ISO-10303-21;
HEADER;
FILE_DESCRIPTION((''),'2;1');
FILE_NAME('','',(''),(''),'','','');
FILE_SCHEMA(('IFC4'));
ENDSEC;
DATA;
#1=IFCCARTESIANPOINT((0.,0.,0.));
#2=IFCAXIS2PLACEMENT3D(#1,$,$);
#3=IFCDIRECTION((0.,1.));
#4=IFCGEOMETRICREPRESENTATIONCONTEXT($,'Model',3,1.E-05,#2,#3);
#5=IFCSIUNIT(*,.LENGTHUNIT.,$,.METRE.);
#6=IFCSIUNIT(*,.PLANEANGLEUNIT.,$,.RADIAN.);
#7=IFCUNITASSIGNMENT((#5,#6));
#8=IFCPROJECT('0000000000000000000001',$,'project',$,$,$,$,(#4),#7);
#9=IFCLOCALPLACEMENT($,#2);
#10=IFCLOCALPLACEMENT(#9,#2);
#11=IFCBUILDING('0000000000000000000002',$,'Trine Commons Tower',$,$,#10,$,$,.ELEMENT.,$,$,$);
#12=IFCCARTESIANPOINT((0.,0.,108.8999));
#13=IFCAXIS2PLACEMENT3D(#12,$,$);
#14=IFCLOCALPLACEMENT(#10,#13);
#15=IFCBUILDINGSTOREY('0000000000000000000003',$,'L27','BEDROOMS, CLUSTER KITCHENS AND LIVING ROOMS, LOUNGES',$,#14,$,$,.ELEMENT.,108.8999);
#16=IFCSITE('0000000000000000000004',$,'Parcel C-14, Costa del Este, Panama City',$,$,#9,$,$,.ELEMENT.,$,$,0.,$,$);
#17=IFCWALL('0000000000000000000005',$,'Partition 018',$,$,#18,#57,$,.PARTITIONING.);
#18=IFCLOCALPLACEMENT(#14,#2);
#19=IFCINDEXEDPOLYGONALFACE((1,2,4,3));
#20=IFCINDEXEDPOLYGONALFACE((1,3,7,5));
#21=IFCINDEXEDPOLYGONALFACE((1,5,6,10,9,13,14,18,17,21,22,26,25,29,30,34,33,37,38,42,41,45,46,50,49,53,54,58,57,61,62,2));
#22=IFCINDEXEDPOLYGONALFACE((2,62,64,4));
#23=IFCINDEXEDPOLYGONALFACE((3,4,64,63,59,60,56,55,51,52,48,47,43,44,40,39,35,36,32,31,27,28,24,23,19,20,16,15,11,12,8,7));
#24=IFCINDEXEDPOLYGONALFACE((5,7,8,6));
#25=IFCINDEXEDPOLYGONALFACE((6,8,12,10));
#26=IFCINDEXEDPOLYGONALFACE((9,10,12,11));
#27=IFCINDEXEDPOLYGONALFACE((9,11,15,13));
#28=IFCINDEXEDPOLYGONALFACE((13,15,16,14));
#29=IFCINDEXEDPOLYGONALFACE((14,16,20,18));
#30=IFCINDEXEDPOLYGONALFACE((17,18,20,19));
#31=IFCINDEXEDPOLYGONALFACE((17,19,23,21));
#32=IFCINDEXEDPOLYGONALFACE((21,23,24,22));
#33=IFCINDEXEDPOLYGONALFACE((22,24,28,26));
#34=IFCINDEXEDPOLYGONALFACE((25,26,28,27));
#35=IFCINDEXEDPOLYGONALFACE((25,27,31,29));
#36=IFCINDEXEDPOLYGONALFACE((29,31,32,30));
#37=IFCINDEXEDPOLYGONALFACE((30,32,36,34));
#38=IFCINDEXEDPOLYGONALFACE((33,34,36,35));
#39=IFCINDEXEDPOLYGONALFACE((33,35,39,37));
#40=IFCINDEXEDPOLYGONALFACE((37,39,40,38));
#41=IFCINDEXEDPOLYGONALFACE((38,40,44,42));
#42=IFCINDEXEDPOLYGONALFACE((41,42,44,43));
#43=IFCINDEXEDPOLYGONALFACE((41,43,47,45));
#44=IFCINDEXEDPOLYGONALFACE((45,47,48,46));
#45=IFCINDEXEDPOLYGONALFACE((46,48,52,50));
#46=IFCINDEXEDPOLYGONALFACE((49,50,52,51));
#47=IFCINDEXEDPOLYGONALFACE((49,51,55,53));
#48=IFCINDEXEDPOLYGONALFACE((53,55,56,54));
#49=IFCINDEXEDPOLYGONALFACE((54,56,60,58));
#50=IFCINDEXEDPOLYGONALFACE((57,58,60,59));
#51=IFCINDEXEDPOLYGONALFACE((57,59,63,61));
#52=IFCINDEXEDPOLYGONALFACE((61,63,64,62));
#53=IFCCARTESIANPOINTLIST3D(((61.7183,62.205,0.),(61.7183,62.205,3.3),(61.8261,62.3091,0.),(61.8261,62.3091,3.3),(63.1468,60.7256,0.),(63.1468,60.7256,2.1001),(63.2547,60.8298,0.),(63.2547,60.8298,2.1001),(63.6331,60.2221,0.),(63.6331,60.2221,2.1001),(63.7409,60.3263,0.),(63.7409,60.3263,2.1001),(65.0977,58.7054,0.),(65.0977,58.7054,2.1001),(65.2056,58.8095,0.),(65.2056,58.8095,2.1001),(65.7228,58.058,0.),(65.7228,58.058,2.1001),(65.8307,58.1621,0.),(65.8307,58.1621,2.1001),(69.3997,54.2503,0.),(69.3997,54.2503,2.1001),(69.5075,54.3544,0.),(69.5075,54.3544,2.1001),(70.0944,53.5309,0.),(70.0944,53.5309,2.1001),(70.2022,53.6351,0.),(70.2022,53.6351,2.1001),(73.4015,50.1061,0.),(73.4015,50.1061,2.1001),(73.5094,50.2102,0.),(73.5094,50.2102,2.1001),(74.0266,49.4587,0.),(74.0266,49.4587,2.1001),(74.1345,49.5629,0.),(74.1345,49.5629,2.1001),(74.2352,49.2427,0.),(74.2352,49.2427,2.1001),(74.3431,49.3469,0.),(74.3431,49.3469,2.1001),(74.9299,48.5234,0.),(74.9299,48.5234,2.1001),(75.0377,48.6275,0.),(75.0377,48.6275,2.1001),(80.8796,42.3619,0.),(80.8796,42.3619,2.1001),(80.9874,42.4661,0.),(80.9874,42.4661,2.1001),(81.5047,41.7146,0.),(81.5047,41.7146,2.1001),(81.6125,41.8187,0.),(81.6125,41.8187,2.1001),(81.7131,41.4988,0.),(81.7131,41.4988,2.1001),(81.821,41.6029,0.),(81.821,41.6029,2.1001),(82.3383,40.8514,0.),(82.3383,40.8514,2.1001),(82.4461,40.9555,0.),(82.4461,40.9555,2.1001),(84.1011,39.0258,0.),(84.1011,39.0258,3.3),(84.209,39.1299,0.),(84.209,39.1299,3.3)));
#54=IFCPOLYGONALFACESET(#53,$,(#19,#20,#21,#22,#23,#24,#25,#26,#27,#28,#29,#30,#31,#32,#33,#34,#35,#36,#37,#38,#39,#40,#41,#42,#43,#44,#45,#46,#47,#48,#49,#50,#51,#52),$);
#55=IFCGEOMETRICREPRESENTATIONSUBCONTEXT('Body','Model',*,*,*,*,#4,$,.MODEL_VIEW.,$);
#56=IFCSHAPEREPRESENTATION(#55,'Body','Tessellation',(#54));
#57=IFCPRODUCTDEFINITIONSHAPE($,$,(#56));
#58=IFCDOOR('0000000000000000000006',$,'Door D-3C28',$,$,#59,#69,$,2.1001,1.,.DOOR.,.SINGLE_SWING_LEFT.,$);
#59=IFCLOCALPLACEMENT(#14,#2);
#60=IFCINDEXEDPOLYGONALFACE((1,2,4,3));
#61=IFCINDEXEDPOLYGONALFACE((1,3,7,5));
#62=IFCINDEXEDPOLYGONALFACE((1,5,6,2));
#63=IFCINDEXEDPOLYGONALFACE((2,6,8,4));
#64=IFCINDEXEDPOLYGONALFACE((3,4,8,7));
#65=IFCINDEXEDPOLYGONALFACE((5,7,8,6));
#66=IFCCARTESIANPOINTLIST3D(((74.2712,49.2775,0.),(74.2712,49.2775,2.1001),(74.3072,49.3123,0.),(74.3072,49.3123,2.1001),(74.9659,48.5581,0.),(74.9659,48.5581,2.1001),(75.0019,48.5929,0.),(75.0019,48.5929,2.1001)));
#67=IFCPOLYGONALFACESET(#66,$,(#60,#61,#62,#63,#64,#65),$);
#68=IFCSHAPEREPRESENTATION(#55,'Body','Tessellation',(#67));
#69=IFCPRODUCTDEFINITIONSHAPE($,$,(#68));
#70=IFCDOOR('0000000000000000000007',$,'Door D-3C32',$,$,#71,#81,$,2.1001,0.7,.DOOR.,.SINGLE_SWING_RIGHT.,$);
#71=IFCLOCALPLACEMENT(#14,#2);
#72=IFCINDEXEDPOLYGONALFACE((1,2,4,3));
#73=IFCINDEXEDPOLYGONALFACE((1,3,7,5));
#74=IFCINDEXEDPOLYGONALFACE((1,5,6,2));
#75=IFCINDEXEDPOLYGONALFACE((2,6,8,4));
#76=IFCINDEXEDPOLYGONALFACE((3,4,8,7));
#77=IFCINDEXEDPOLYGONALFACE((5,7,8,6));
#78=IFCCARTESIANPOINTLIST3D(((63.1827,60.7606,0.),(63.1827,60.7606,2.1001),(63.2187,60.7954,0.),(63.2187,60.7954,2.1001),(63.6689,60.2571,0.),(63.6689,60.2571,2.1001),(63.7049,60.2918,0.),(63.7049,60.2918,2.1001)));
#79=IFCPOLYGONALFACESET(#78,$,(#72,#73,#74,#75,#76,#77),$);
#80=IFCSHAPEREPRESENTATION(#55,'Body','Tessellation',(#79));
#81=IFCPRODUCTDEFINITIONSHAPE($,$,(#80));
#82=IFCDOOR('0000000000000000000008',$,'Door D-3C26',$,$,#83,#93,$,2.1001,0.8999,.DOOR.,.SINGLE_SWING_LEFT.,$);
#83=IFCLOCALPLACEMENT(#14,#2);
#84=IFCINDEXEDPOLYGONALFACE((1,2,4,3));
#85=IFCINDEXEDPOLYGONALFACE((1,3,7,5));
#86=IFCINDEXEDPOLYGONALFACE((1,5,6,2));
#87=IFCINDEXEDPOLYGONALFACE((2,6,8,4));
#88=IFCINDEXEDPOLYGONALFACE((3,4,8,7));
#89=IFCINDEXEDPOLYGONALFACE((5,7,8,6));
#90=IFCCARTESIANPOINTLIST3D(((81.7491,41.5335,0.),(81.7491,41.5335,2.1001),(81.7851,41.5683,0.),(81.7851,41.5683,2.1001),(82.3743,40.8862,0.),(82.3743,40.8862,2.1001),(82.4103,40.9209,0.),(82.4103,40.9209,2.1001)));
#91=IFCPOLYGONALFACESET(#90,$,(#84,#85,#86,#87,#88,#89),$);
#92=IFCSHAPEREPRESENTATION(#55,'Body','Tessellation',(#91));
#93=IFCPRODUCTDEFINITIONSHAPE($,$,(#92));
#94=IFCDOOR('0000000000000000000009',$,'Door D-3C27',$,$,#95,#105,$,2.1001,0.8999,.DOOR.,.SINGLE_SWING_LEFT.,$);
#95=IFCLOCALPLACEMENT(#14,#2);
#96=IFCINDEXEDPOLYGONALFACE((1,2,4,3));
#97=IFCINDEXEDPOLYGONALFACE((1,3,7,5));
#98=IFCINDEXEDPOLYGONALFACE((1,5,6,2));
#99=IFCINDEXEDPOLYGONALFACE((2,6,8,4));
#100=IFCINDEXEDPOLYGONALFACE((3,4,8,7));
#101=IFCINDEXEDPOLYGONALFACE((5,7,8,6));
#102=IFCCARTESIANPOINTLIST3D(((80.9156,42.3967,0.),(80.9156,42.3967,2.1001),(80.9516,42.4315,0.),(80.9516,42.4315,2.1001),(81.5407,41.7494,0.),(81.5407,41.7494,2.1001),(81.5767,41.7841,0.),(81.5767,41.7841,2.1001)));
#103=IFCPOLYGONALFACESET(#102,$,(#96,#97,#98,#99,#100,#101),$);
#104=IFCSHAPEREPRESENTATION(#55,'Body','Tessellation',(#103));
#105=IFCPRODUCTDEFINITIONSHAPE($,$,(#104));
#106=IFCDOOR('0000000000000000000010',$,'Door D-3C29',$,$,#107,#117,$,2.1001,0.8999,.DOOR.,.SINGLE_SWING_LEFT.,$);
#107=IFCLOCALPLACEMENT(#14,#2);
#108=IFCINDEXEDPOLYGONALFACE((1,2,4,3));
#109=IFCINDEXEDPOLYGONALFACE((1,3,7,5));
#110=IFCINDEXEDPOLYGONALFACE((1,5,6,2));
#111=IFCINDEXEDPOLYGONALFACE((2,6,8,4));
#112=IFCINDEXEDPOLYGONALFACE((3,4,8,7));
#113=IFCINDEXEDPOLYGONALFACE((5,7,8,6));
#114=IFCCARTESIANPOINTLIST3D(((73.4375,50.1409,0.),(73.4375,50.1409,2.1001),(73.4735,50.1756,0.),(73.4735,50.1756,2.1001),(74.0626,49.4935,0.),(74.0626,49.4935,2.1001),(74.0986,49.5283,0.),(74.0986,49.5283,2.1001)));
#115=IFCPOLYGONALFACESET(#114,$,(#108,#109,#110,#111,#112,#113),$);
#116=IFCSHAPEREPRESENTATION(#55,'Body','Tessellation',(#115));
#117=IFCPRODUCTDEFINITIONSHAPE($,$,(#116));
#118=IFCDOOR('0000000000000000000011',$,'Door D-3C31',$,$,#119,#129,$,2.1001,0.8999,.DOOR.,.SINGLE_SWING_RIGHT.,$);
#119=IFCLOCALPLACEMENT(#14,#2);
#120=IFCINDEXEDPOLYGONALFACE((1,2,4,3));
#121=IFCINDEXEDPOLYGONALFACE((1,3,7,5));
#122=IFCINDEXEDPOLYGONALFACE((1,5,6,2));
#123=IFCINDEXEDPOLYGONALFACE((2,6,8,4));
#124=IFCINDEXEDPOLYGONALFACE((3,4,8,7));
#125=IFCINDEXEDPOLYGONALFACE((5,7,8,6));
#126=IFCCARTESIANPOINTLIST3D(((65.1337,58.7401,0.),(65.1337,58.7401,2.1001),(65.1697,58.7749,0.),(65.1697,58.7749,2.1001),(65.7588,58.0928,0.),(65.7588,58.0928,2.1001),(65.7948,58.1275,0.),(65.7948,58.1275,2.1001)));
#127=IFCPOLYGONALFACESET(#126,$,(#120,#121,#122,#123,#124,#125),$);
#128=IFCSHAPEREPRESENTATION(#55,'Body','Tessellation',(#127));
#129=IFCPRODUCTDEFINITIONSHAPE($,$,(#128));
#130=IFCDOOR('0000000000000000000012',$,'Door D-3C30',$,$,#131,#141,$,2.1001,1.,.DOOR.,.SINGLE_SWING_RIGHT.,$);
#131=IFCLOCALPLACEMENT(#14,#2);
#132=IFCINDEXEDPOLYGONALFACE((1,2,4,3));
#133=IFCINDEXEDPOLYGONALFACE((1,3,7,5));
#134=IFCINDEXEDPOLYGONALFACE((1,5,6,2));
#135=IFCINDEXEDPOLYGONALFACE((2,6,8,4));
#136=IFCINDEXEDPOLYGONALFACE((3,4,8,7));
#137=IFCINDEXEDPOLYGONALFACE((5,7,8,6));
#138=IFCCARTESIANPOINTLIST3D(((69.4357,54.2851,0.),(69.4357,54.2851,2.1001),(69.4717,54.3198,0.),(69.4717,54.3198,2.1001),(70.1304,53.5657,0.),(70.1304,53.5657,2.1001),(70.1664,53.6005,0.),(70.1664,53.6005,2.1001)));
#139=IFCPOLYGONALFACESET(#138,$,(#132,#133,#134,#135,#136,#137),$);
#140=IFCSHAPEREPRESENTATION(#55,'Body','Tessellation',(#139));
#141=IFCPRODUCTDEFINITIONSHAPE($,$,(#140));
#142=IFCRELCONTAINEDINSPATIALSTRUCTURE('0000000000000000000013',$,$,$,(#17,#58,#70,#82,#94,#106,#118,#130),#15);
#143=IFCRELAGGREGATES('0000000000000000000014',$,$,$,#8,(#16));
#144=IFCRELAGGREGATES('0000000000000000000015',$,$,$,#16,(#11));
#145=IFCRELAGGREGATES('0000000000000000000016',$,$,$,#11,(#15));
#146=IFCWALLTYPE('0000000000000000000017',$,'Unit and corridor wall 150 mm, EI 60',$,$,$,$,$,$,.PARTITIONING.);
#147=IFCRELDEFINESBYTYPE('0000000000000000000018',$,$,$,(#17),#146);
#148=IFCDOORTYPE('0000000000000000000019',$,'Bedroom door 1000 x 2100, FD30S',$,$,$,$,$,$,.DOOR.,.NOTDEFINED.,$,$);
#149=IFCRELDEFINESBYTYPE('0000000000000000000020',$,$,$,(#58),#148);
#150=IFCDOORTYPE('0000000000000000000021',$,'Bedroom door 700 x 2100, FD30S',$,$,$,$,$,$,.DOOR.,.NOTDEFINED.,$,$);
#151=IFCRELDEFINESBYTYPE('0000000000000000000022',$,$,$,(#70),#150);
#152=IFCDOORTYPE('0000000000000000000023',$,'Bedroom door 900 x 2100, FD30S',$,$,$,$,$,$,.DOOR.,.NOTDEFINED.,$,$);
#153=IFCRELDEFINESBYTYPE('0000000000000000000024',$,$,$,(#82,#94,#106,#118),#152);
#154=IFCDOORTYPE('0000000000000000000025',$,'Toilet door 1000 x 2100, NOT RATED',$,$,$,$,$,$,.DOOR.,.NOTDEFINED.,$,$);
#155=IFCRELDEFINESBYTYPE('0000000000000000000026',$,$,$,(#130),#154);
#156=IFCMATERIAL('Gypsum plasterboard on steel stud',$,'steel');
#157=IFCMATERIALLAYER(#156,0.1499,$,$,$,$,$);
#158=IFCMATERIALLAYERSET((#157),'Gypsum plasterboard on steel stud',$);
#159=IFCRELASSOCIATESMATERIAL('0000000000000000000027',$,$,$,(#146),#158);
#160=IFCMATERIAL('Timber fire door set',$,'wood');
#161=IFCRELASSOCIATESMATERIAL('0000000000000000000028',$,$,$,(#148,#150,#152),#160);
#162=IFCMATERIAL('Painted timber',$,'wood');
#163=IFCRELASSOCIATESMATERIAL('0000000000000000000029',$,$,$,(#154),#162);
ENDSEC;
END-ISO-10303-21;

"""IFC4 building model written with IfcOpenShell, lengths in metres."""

from ifc_helpers import new_model, si_unit, direction, frame, frame_2d, origin, place, context, subcontext, project, spatial, rectangle, extrude, material, layer, layer_set, type_object, element, fill, save


model = new_model("IFC4")

# Units and contexts
model_context = context("Model", 3, precision=1e-05, world=origin(), true_north=direction((0.0, 1.0)))
body_context = subcontext(model_context, "Body", "Model", "MODEL_VIEW")
ifc_project = project(units=[si_unit("LENGTHUNIT", "METRE"), si_unit("PLANEANGLEUNIT", "RADIAN")], contexts=[model_context])

# Site, building, storey
site_placement = place(None, origin())
site = spatial("IfcSite", under=ifc_project, at=site_placement, Name="Parcel C-14, Costa del Este, Panama City", CompositionType="ELEMENT", RefElevation=0.0)
building_placement = place(site_placement, origin())
building = spatial("IfcBuilding", under=site, at=building_placement, Name="Trine Commons Tower", CompositionType="ELEMENT")
storey_placement = place(building_placement, frame((0.0, 0.0, 108.8999)))
storey = spatial("IfcBuildingStorey", under=building, at=storey_placement, Name="L27", Description="BEDROOMS, CLUSTER KITCHENS AND LIVING ROOMS, LOUNGES", CompositionType="ELEMENT", Elevation=108.8999)

# Shared definitions
ifc_material_1 = material(Name="Gypsum plasterboard on steel stud", Category="steel")
ifc_layer_1 = layer(ifc_material_1, 0.1499)
ifc_layer_set_1 = layer_set([ifc_layer_1], Name="Gypsum plasterboard on steel stud")
wall_type_1 = type_object("IfcWallType", Name="Unit and corridor wall 150 mm, EI 60", PredefinedType="PARTITIONING", material=ifc_layer_set_1)

# Wall, openings, doors
ifc_material_2 = material(Name="Timber fire door set", Category="wood")
ifc_material_3 = material(Name="Painted timber", Category="wood")
wall_1_placement = place(storey_placement, frame((61.7722, 62.2571, 0.0), z_axis=(0.0, 0.0, 1.0), x_axis=(0.694641, -0.719357, 0.0)))
wall_1 = element("IfcWall", 1, at=wall_1_placement, inside=storey, type_object=wall_type_1, Name="Partition 018", PredefinedType="PARTITIONING", context=body_context, shape_type="SweptSolid", body=[
    extrude(rectangle(XDim=32.2222, YDim=0.1499, at=frame_2d((16.1111, 0.0))), origin(), (0.0, 0.0, 1.0), 3.3),
])
opening_1_placement = place(wall_1_placement, frame((28.7844, 0.0, 0.0)))
opening_1 = element("IfcOpeningElement", 2, at=opening_1_placement, cuts=wall_1, PredefinedType="OPENING", context=body_context, shape_type="SweptSolid", body=[
    extrude(rectangle(XDim=0.8999, YDim=2.1001, at=frame_2d((0.45, 1.05))), frame((0.0, 0.085, 0.0), z_axis=(0.0, -1.0, 0.0), x_axis=(1.0, 0.0, 0.0)), (0.0, 0.0, 1.0), 0.1699),
])
opening_2_placement = place(wall_1_placement, frame((27.5845, 0.0, 0.0)))
opening_2 = element("IfcOpeningElement", 3, at=opening_2_placement, cuts=wall_1, PredefinedType="OPENING", context=body_context, shape_type="SweptSolid", body=[
    extrude(rectangle(XDim=0.8999, YDim=2.1001, at=frame_2d((0.45, 1.05))), frame((0.0, 0.085, 0.0), z_axis=(0.0, -1.0, 0.0), x_axis=(1.0, 0.0, 0.0)), (0.0, 0.0, 1.0), 0.1699),
])
opening_3_placement = place(wall_1_placement, frame((18.0193, 0.0, 0.0)))
opening_3 = element("IfcOpeningElement", 4, at=opening_3_placement, cuts=wall_1, PredefinedType="OPENING", context=body_context, shape_type="SweptSolid", body=[
    extrude(rectangle(XDim=1.0, YDim=2.1001, at=frame_2d((0.5, 1.05))), frame((0.0, 0.085, 0.0), z_axis=(0.0, -1.0, 0.0), x_axis=(1.0, 0.0, 0.0)), (0.0, 0.0, 1.0), 0.1699),
])
opening_4_placement = place(wall_1_placement, frame((16.8191, 0.0, 0.0)))
opening_4 = element("IfcOpeningElement", 5, at=opening_4_placement, cuts=wall_1, PredefinedType="OPENING", context=body_context, shape_type="SweptSolid", body=[
    extrude(rectangle(XDim=0.8999, YDim=2.1001, at=frame_2d((0.45, 1.05))), frame((0.0, 0.085, 0.0), z_axis=(0.0, -1.0, 0.0), x_axis=(1.0, 0.0, 0.0)), (0.0, 0.0, 1.0), 0.1699),
])
opening_5_placement = place(wall_1_placement, frame((11.0581, 0.0, 0.0)))
opening_5 = element("IfcOpeningElement", 6, at=opening_5_placement, cuts=wall_1, PredefinedType="OPENING", context=body_context, shape_type="SweptSolid", body=[
    extrude(rectangle(XDim=1.0, YDim=2.1001, at=frame_2d((0.5, 1.05))), frame((0.0, 0.085, 0.0), z_axis=(0.0, -1.0, 0.0), x_axis=(1.0, 0.0, 0.0)), (0.0, 0.0, 1.0), 0.1699),
])
opening_6_placement = place(wall_1_placement, frame((4.865, 0.0, 0.0)))
opening_6 = element("IfcOpeningElement", 7, at=opening_6_placement, cuts=wall_1, PredefinedType="OPENING", context=body_context, shape_type="SweptSolid", body=[
    extrude(rectangle(XDim=0.8999, YDim=2.1001, at=frame_2d((0.45, 1.05))), frame((0.0, 0.085, 0.0), z_axis=(0.0, -1.0, 0.0), x_axis=(1.0, 0.0, 0.0)), (0.0, 0.0, 1.0), 0.1699),
])
opening_7_placement = place(wall_1_placement, frame((2.0564, 0.0, 0.0)))
opening_7 = element("IfcOpeningElement", 8, at=opening_7_placement, cuts=wall_1, PredefinedType="OPENING", context=body_context, shape_type="SweptSolid", body=[
    extrude(rectangle(XDim=0.7, YDim=2.1001, at=frame_2d((0.3501, 1.05))), frame((0.0, 0.085, 0.0), z_axis=(0.0, -1.0, 0.0), x_axis=(1.0, 0.0, 0.0)), (0.0, 0.0, 1.0), 0.1699),
])
door_type_1 = type_object("IfcDoorType", Name="Bedroom door 1000 x 2100, FD30S", OperationType="NOTDEFINED", PredefinedType="DOOR", material=ifc_material_2)
door_1_placement = place(opening_3_placement, frame((1.0, 0.0, 0.0), z_axis=(0.0, 0.0, 1.0), x_axis=(-1.0, 0.0, 0.0)))
door_1 = element("IfcDoor", 9, at=door_1_placement, inside=storey, type_object=door_type_1, Name="Door D-3C28", OperationType="SINGLE_SWING_LEFT", OverallHeight=2.1001, OverallWidth=1.0, PredefinedType="DOOR", context=body_context, shape_type="SweptSolid", body=[
    extrude(rectangle(XDim=1.0, YDim=2.1001, at=frame_2d((0.5, 1.05))), frame((0.0, 0.0249, 0.0), z_axis=(0.0, -1.0, 0.0), x_axis=(1.0, 0.0, 0.0)), (0.0, 0.0, 1.0), 0.05),
])
fill(opening_3, door_1)
door_type_2 = type_object("IfcDoorType", Name="Bedroom door 700 x 2100, FD30S", OperationType="NOTDEFINED", PredefinedType="DOOR", material=ifc_material_2)
door_2_placement = place(opening_7_placement, frame((0.7, 0.0, 0.0), z_axis=(0.0, 0.0, 1.0), x_axis=(-1.0, 0.0, 0.0)))
door_2 = element("IfcDoor", 10, at=door_2_placement, inside=storey, type_object=door_type_2, Name="Door D-3C32", OperationType="SINGLE_SWING_RIGHT", OverallHeight=2.1001, OverallWidth=0.7, PredefinedType="DOOR", context=body_context, shape_type="SweptSolid", body=[
    extrude(rectangle(XDim=0.7, YDim=2.1001, at=frame_2d((0.3501, 1.05))), frame((0.0, 0.0249, 0.0), z_axis=(0.0, -1.0, 0.0), x_axis=(1.0, 0.0, 0.0)), (0.0, 0.0, 1.0), 0.05),
])
fill(opening_7, door_2)
door_type_3 = type_object("IfcDoorType", Name="Bedroom door 900 x 2100, FD30S", OperationType="NOTDEFINED", PredefinedType="DOOR", material=ifc_material_2)
door_3_placement = place(opening_1_placement, frame((0.8999, 0.0, 0.0), z_axis=(0.0, 0.0, 1.0), x_axis=(-1.0, 0.0, 0.0)))
door_3 = element("IfcDoor", 11, at=door_3_placement, inside=storey, type_object=door_type_3, Name="Door D-3C26", OperationType="SINGLE_SWING_LEFT", OverallHeight=2.1001, OverallWidth=0.8999, PredefinedType="DOOR", context=body_context, shape_type="SweptSolid", body=[
    extrude(rectangle(XDim=0.8999, YDim=2.1001, at=frame_2d((0.45, 1.05))), frame((0.0, 0.0249, 0.0), z_axis=(0.0, -1.0, 0.0), x_axis=(1.0, 0.0, 0.0)), (0.0, 0.0, 1.0), 0.05),
])
fill(opening_1, door_3)
door_4_placement = place(opening_2_placement, frame((0.8999, 0.0, 0.0), z_axis=(0.0, 0.0, 1.0), x_axis=(-1.0, 0.0, 0.0)))
door_4 = element("IfcDoor", 12, at=door_4_placement, inside=storey, type_object=door_type_3, Name="Door D-3C27", OperationType="SINGLE_SWING_LEFT", OverallHeight=2.1001, OverallWidth=0.8999, PredefinedType="DOOR", context=body_context, shape_type="SweptSolid", body=[
    extrude(rectangle(XDim=0.8999, YDim=2.1001, at=frame_2d((0.45, 1.05))), frame((0.0, 0.0249, 0.0), z_axis=(0.0, -1.0, 0.0), x_axis=(1.0, 0.0, 0.0)), (0.0, 0.0, 1.0), 0.05),
])
fill(opening_2, door_4)
door_5_placement = place(opening_4_placement, frame((0.8999, 0.0, 0.0), z_axis=(0.0, 0.0, 1.0), x_axis=(-1.0, 0.0, 0.0)))
door_5 = element("IfcDoor", 13, at=door_5_placement, inside=storey, type_object=door_type_3, Name="Door D-3C29", OperationType="SINGLE_SWING_LEFT", OverallHeight=2.1001, OverallWidth=0.8999, PredefinedType="DOOR", context=body_context, shape_type="SweptSolid", body=[
    extrude(rectangle(XDim=0.8999, YDim=2.1001, at=frame_2d((0.45, 1.05))), frame((0.0, 0.0249, 0.0), z_axis=(0.0, -1.0, 0.0), x_axis=(1.0, 0.0, 0.0)), (0.0, 0.0, 1.0), 0.05),
])
fill(opening_4, door_5)
door_6_placement = place(opening_6_placement, frame((0.8999, 0.0, 0.0), z_axis=(0.0, 0.0, 1.0), x_axis=(-1.0, 0.0, 0.0)))
door_6 = element("IfcDoor", 14, at=door_6_placement, inside=storey, type_object=door_type_3, Name="Door D-3C31", OperationType="SINGLE_SWING_RIGHT", OverallHeight=2.1001, OverallWidth=0.8999, PredefinedType="DOOR", context=body_context, shape_type="SweptSolid", body=[
    extrude(rectangle(XDim=0.8999, YDim=2.1001, at=frame_2d((0.45, 1.05))), frame((0.0, 0.0249, 0.0), z_axis=(0.0, -1.0, 0.0), x_axis=(1.0, 0.0, 0.0)), (0.0, 0.0, 1.0), 0.05),
])
fill(opening_6, door_6)
door_type_4 = type_object("IfcDoorType", Name="Toilet door 1000 x 2100, NOT RATED", OperationType="NOTDEFINED", PredefinedType="DOOR", material=ifc_material_3)
door_7_placement = place(opening_5_placement, frame((1.0, 0.0, 0.0), z_axis=(0.0, 0.0, 1.0), x_axis=(-1.0, 0.0, 0.0)))
door_7 = element("IfcDoor", 15, at=door_7_placement, inside=storey, type_object=door_type_4, Name="Door D-3C30", OperationType="SINGLE_SWING_RIGHT", OverallHeight=2.1001, OverallWidth=1.0, PredefinedType="DOOR", context=body_context, shape_type="SweptSolid", body=[
    extrude(rectangle(XDim=1.0, YDim=2.1001, at=frame_2d((0.5, 1.05))), frame((0.0, 0.0249, 0.0), z_axis=(0.0, -1.0, 0.0), x_axis=(1.0, 0.0, 0.0)), (0.0, 0.0, 1.0), 0.05),
])
fill(opening_5, door_7)

save(model, "model.ifc")
